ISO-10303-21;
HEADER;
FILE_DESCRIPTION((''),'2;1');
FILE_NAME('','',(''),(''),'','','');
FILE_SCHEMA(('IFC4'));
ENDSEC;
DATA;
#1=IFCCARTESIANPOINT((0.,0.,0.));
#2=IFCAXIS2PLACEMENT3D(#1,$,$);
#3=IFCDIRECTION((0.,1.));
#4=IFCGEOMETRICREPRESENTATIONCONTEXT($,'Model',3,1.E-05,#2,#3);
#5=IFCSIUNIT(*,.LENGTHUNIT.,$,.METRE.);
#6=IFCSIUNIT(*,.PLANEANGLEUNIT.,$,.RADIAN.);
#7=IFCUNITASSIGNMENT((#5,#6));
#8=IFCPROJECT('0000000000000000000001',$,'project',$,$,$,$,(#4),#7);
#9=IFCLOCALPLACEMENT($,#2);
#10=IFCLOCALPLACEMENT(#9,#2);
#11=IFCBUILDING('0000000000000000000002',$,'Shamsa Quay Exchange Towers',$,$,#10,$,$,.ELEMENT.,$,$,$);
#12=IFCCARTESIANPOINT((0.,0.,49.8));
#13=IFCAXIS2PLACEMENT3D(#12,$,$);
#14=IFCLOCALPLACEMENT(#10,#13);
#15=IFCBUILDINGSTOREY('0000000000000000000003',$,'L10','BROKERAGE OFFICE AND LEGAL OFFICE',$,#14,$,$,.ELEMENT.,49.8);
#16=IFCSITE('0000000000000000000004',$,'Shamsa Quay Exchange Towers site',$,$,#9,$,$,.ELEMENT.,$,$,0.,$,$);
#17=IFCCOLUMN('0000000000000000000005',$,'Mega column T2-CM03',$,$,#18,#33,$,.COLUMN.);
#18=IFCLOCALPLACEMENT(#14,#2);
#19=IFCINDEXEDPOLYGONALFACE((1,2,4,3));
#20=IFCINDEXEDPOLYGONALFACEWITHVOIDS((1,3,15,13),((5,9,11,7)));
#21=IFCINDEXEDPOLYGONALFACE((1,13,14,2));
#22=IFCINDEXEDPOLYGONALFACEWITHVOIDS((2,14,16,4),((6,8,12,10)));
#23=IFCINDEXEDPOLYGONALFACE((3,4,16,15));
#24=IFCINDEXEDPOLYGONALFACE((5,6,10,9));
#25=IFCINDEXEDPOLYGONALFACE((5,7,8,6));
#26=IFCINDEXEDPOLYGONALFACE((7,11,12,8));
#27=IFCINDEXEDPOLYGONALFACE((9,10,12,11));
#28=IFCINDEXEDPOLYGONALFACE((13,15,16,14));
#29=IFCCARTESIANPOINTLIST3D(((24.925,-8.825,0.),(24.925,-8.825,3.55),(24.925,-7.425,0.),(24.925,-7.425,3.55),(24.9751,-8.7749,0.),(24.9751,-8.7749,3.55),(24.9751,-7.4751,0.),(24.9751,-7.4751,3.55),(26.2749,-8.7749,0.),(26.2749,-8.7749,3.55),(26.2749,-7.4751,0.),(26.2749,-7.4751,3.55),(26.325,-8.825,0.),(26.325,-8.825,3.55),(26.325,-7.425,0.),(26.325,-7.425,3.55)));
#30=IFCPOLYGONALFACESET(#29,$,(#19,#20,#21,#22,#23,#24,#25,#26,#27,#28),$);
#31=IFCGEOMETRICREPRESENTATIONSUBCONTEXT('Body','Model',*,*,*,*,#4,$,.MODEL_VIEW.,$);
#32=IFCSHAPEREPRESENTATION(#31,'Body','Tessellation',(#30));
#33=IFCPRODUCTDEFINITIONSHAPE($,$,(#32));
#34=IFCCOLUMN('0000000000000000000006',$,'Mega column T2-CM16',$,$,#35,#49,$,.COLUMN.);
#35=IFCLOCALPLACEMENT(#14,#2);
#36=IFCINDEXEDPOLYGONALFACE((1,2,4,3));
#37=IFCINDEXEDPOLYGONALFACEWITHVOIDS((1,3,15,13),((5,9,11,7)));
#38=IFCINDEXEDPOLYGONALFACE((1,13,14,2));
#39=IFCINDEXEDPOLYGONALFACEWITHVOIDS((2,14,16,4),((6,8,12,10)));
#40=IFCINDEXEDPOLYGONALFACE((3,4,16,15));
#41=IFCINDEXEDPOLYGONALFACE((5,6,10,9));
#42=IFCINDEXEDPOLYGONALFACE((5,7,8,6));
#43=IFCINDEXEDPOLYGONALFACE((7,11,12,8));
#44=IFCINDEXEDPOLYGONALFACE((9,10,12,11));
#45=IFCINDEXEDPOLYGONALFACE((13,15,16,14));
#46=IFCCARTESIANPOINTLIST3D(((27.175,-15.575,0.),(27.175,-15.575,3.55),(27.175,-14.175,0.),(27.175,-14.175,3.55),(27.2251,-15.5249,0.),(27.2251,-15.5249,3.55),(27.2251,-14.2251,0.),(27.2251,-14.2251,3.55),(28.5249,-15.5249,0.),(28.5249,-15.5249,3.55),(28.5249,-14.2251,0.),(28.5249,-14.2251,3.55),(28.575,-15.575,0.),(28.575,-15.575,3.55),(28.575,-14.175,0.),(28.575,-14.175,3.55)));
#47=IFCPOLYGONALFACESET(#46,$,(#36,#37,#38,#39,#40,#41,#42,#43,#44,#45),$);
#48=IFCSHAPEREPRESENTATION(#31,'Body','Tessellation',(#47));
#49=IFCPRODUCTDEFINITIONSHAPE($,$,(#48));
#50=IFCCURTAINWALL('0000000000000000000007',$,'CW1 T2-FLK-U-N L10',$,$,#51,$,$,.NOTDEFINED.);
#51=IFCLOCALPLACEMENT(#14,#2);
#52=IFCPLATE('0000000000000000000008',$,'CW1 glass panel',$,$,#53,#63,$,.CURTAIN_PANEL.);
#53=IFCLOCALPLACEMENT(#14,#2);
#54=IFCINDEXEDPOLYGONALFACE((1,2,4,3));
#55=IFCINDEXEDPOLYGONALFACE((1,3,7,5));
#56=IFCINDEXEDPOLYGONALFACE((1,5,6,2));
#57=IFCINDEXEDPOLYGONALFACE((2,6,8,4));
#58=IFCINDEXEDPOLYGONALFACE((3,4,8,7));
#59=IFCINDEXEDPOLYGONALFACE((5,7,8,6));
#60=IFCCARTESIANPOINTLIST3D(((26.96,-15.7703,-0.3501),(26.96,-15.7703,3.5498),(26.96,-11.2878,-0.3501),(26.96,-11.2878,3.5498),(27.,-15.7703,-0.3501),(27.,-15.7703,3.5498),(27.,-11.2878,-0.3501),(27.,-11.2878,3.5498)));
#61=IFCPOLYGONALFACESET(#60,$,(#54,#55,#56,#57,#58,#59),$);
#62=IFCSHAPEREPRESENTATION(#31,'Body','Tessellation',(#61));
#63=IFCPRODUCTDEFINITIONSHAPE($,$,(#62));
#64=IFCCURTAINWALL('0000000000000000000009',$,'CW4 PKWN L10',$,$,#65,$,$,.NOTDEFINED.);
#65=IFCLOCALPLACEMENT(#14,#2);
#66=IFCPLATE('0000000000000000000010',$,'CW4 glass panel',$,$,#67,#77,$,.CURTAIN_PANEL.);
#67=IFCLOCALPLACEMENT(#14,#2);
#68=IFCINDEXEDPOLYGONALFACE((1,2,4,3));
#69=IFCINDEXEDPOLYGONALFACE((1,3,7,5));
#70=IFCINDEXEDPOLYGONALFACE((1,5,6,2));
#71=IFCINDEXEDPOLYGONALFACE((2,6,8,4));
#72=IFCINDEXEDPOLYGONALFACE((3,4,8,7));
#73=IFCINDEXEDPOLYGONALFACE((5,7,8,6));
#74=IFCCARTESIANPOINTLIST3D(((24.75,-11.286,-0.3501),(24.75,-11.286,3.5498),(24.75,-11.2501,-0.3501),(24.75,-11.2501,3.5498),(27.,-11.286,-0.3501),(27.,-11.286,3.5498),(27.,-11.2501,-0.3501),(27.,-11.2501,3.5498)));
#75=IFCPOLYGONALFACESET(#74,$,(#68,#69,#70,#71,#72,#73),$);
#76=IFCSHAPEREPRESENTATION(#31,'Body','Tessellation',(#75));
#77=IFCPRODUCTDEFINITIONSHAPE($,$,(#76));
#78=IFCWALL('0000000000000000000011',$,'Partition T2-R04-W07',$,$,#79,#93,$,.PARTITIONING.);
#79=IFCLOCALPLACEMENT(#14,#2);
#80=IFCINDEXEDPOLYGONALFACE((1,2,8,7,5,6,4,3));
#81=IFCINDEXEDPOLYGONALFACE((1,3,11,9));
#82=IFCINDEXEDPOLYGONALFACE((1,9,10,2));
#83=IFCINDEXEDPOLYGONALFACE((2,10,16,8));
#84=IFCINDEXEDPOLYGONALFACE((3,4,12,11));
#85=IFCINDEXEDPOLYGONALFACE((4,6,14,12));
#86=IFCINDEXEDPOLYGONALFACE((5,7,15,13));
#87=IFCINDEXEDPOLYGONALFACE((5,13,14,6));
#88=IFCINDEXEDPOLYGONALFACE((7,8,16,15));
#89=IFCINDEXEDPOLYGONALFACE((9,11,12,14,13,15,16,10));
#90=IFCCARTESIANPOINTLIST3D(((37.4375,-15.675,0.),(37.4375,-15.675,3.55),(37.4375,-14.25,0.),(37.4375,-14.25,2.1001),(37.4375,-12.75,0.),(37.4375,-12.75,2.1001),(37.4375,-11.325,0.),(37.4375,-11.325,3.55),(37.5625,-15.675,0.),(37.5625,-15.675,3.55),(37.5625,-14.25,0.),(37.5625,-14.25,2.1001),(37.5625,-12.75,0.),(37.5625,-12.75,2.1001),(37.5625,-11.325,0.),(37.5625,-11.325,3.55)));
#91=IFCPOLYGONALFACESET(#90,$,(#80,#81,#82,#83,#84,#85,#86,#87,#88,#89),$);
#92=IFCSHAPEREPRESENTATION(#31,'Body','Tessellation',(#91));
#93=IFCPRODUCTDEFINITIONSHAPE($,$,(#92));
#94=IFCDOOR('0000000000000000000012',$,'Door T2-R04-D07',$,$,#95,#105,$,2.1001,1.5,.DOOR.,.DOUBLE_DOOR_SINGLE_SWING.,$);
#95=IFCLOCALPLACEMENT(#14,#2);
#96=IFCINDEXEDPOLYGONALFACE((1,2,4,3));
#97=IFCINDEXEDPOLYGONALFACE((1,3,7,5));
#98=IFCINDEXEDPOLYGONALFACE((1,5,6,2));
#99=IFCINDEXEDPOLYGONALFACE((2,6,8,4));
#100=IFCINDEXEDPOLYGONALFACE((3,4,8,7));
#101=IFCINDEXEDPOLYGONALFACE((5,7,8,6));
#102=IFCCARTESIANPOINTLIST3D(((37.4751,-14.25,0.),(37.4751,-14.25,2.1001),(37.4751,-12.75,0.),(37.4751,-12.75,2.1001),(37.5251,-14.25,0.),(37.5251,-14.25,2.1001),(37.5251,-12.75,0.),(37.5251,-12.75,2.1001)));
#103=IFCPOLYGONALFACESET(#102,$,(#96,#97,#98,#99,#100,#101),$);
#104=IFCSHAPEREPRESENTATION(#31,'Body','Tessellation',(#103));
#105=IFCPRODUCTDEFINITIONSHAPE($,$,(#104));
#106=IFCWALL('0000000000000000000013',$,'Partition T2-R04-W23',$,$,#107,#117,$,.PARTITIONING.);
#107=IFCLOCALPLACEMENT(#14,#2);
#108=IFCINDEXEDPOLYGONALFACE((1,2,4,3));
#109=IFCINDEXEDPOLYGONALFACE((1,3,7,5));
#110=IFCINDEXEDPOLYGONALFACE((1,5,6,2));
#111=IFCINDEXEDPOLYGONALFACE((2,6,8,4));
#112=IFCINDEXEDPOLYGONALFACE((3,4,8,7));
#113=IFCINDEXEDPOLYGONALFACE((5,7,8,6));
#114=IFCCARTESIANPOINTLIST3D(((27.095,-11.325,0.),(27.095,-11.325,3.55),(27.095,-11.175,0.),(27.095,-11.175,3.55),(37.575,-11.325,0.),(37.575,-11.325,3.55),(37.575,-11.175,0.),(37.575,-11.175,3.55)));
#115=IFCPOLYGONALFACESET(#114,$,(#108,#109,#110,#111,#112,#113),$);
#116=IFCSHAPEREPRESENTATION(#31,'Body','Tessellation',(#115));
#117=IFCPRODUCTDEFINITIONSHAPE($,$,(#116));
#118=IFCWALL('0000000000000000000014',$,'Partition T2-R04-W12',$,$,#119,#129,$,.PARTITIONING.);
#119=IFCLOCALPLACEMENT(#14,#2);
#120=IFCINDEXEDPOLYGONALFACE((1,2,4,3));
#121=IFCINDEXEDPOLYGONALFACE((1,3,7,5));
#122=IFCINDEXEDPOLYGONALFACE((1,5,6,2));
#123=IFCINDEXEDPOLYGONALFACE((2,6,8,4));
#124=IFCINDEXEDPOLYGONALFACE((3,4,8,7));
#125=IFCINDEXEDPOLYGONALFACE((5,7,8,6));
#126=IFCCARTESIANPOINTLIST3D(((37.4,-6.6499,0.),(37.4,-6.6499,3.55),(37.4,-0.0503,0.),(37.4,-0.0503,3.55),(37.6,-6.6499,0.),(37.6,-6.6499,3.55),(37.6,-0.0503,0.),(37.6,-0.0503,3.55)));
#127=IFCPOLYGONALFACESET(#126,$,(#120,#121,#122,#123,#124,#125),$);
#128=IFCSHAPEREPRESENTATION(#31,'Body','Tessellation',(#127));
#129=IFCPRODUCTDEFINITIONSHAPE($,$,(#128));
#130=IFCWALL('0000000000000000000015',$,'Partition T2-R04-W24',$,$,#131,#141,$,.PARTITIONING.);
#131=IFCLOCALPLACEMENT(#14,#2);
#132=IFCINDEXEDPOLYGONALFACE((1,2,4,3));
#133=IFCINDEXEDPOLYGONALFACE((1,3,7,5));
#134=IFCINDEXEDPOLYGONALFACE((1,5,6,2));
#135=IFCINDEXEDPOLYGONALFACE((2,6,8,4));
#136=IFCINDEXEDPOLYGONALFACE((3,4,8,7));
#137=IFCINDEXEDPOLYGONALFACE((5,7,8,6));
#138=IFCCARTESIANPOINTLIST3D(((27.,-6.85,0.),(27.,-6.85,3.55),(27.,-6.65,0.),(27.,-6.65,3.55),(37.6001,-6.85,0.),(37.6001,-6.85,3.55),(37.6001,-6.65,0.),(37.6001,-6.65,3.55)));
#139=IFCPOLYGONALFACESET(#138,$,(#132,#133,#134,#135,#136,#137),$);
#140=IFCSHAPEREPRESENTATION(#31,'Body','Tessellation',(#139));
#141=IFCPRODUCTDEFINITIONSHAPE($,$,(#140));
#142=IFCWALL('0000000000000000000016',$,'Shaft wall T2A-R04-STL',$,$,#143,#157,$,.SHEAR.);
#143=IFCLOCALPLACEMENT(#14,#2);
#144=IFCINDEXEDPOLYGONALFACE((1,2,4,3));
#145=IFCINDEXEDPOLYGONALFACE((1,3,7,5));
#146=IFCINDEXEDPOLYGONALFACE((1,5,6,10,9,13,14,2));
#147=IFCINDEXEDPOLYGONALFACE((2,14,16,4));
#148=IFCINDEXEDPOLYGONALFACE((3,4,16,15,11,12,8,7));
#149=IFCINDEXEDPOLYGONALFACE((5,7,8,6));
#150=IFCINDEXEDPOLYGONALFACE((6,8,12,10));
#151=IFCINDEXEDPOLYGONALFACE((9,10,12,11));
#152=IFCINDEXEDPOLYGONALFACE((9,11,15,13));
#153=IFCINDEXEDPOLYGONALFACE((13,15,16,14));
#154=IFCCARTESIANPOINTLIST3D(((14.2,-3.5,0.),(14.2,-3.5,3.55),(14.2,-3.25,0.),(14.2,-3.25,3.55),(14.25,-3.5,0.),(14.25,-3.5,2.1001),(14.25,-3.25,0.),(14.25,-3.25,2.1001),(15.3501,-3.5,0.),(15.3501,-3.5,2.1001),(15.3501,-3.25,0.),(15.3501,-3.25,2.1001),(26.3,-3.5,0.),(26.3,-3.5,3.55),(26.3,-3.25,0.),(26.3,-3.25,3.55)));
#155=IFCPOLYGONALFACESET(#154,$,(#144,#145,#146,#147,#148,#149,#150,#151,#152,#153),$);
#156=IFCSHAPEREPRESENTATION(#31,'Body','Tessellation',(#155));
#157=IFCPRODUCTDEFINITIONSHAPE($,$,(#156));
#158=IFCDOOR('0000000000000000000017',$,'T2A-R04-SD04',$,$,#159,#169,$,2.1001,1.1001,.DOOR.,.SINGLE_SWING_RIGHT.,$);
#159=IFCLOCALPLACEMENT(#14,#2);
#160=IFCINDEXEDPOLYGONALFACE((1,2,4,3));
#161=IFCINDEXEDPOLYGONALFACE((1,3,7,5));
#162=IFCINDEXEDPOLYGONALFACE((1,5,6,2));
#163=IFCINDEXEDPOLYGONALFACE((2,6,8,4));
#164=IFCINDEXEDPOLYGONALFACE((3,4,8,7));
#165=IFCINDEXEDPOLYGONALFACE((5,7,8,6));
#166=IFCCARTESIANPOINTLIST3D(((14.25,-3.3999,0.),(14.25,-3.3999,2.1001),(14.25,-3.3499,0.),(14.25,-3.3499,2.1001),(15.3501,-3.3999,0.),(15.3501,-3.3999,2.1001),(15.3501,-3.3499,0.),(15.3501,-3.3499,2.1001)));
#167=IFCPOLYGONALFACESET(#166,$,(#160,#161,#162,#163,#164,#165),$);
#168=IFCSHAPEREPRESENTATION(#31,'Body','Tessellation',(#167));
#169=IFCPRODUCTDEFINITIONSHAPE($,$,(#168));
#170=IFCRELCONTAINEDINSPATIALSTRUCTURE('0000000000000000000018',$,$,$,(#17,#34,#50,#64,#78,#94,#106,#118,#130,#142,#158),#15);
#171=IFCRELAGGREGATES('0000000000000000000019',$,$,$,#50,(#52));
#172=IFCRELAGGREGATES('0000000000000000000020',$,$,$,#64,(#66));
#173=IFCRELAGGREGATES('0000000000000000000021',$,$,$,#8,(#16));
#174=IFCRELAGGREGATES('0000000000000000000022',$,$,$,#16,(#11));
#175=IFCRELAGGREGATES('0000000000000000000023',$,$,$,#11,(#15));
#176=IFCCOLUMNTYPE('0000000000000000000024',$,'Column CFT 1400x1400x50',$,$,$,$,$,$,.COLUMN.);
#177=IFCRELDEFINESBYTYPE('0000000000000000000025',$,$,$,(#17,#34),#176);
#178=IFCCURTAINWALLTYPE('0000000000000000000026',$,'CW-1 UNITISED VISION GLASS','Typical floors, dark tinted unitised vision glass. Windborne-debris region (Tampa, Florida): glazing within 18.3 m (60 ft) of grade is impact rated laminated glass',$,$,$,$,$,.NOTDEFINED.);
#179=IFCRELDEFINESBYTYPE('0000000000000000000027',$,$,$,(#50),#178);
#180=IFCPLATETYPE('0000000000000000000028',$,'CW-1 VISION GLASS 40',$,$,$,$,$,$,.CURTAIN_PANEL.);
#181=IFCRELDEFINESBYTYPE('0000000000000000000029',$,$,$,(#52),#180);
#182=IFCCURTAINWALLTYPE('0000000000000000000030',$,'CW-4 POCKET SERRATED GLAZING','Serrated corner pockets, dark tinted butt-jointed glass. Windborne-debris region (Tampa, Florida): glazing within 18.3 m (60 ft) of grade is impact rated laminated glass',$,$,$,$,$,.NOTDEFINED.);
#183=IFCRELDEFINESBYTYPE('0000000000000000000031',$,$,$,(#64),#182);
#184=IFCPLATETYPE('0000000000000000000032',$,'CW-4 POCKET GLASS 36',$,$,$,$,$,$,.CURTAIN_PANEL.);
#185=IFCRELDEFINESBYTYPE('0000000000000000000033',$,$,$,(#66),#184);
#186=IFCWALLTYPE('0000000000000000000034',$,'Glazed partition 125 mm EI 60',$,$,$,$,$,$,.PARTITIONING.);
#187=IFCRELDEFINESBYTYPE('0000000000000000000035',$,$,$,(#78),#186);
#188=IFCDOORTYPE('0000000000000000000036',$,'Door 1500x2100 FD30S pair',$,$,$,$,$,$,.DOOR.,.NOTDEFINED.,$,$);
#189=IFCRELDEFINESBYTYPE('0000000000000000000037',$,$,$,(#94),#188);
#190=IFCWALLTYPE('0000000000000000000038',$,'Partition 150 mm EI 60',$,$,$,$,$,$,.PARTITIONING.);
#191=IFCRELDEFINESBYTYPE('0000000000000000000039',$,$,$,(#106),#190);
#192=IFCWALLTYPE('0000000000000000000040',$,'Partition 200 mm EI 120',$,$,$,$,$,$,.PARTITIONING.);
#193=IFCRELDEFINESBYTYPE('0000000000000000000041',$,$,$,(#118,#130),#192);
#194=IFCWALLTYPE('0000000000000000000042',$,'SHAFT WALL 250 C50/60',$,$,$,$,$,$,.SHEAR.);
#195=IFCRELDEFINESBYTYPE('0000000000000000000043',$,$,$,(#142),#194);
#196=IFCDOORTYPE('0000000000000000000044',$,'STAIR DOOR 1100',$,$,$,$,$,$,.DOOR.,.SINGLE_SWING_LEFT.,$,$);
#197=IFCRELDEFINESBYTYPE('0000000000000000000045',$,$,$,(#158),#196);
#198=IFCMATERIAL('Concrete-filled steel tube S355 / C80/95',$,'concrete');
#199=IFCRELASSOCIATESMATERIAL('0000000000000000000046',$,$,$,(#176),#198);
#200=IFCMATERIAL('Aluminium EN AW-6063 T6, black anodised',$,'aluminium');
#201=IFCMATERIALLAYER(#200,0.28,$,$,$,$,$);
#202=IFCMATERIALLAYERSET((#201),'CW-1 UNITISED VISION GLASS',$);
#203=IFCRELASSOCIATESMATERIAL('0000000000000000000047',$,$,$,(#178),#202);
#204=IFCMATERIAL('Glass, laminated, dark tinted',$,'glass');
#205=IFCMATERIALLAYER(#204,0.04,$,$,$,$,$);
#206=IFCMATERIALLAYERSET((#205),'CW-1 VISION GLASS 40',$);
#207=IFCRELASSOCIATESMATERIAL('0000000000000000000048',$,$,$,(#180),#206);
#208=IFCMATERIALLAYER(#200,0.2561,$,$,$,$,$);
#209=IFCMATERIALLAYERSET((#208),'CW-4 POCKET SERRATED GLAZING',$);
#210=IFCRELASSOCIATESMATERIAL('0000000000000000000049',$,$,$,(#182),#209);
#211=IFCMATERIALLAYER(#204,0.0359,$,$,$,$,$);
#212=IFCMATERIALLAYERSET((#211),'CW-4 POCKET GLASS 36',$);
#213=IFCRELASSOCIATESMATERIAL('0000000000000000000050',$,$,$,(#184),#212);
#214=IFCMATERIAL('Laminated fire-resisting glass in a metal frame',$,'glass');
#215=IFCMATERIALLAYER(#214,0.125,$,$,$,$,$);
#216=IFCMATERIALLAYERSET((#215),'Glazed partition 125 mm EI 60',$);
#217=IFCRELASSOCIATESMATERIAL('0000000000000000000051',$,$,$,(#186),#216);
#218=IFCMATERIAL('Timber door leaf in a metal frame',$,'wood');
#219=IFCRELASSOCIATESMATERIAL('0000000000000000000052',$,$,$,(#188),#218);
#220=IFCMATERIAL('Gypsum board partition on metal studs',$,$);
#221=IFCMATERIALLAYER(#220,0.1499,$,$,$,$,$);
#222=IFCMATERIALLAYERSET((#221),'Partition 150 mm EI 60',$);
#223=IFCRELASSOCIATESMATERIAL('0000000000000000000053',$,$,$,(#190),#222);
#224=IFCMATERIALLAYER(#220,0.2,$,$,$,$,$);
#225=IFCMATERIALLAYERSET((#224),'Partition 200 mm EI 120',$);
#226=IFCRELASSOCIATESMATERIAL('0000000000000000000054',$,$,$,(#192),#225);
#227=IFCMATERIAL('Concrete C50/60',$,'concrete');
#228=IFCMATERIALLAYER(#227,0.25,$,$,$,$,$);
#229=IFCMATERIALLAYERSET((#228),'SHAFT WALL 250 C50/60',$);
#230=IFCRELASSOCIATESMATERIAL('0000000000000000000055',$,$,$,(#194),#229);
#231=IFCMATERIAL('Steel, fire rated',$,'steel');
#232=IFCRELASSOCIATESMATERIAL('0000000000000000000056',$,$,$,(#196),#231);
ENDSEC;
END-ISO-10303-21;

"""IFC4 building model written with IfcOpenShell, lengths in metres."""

from ifc_helpers import new_model, si_unit, direction, frame, frame_2d, origin, origin_2d, place, context, subcontext, project, spatial, rectangle, hollow_rectangle, extrude, material, layer, layer_set, material_profile, profile_set, type_object, element, fill, aggregate, save


model = new_model("IFC4")

# Units and contexts
model_context = context("Model", 3, precision=1e-05, world=origin(), true_north=direction((0.0, 1.0)))
body_context = subcontext(model_context, "Body", "Model", "MODEL_VIEW")
ifc_project = project(units=[si_unit("LENGTHUNIT", "METRE"), si_unit("PLANEANGLEUNIT", "RADIAN")], contexts=[model_context])

# Site, building, storey
site_placement = place(None, origin())
site = spatial("IfcSite", under=ifc_project, at=site_placement, Name="Shamsa Quay Exchange Towers site", CompositionType="ELEMENT", RefElevation=0.0)
building_placement = place(site_placement, origin())
building = spatial("IfcBuilding", under=site, at=building_placement, Name="Shamsa Quay Exchange Towers", CompositionType="ELEMENT")
storey_placement = place(building_placement, frame((0.0, 0.0, 49.8)))
storey = spatial("IfcBuildingStorey", under=building, at=storey_placement, Name="L10", Description="BROKERAGE OFFICE AND LEGAL OFFICE", CompositionType="ELEMENT", Elevation=49.8)

# Columns
ifc_material_1 = material(Name="Concrete-filled steel tube S355 / C80/95", Category="concrete")
ifc_material_profile = material_profile(ifc_material_1, hollow_rectangle(XDim=1.3999, YDim=1.3999, WallThickness=0.05, at=origin_2d()), Name="CFT 1400x1400x50")
ifc_profile_set = profile_set([ifc_material_profile], Name="Concrete-filled steel tube S355 / C80/95")
column_type = type_object("IfcColumnType", Name="Column CFT 1400x1400x50", PredefinedType="COLUMN", material=ifc_profile_set)
for number, where, name in (
    (1, (25.625, -8.125, 0.0), "Mega column T2-CM03"),
    (2, (27.875, -14.875, 0.0), "Mega column T2-CM16"),
):
    element("IfcColumn", number, at=place(storey_placement, frame(where)), inside=storey, type_object=column_type, Name=name, PredefinedType="COLUMN", context=body_context, shape_type="SweptSolid", body=[
        extrude(hollow_rectangle(XDim=1.3999, YDim=1.3999, WallThickness=0.05, at=origin_2d()), origin(), (0.0, 0.0, 1.0), 3.55),
    ])

# Curtain walls, plates
ifc_material_2 = material(Name="Aluminium EN AW-6063 T6, black anodised", Category="aluminium")
ifc_layer_1 = layer(ifc_material_2, 0.28)
ifc_layer_set_1 = layer_set([ifc_layer_1], Name="CW-1 UNITISED VISION GLASS")
curtain_wall_type_1 = type_object("IfcCurtainWallType", Name="CW-1 UNITISED VISION GLASS", Description="Typical floors, dark tinted unitised vision glass. Windborne-debris region (Tampa, Florida): glazing within 18.3 m (60 ft) of grade is impact rated laminated glass", PredefinedType="NOTDEFINED", material=ifc_layer_set_1)
curtain_wall_1_placement = place(storey_placement, origin())
curtain_wall_1 = element("IfcCurtainWall", 3, at=curtain_wall_1_placement, inside=storey, type_object=curtain_wall_type_1, Name="CW1 T2-FLK-U-N L10", PredefinedType="NOTDEFINED")
ifc_material_3 = material(Name="Glass, laminated, dark tinted", Category="glass")
ifc_layer_2 = layer(ifc_material_3, 0.04)
ifc_layer_set_2 = layer_set([ifc_layer_2], Name="CW-1 VISION GLASS 40")
plate_type_1 = type_object("IfcPlateType", Name="CW-1 VISION GLASS 40", PredefinedType="CURTAIN_PANEL", material=ifc_layer_set_2)
plate_1_placement = place(storey_placement, frame((26.98, -13.5291, -0.3501), z_axis=(0.0, 0.0, 1.0), x_axis=(0.0, -1.0, 0.0)))
plate_1 = element("IfcPlate", 4, at=plate_1_placement, type_object=plate_type_1, Name="CW1 glass panel", PredefinedType="CURTAIN_PANEL", context=body_context, shape_type="SweptSolid", body=[
    extrude(rectangle(XDim=4.4824, YDim=0.04, at=origin_2d()), origin(), (0.0, 0.0, 1.0), 3.8999),
])
aggregate(curtain_wall_1, [plate_1])
ifc_layer_3 = layer(ifc_material_2, 0.2561)
ifc_layer_set_3 = layer_set([ifc_layer_3], Name="CW-4 POCKET SERRATED GLAZING")
curtain_wall_type_2 = type_object("IfcCurtainWallType", Name="CW-4 POCKET SERRATED GLAZING", Description="Serrated corner pockets, dark tinted butt-jointed glass. Windborne-debris region (Tampa, Florida): glazing within 18.3 m (60 ft) of grade is impact rated laminated glass", PredefinedType="NOTDEFINED", material=ifc_layer_set_3)
curtain_wall_2_placement = place(storey_placement, origin())
curtain_wall_2 = element("IfcCurtainWall", 5, at=curtain_wall_2_placement, inside=storey, type_object=curtain_wall_type_2, Name="CW4 PKWN L10", PredefinedType="NOTDEFINED")
ifc_layer_4 = layer(ifc_material_3, 0.0359)
ifc_layer_set_4 = layer_set([ifc_layer_4], Name="CW-4 POCKET GLASS 36")
plate_type_2 = type_object("IfcPlateType", Name="CW-4 POCKET GLASS 36", PredefinedType="CURTAIN_PANEL", material=ifc_layer_set_4)
plate_2_placement = place(storey_placement, frame((25.875, -11.2681, -0.3501)))
plate_2 = element("IfcPlate", 6, at=plate_2_placement, type_object=plate_type_2, Name="CW4 glass panel", PredefinedType="CURTAIN_PANEL", context=body_context, shape_type="SweptSolid", body=[
    extrude(rectangle(XDim=2.25, YDim=0.0359, at=origin_2d()), origin(), (0.0, 0.0, 1.0), 3.8999),
])
aggregate(curtain_wall_2, [plate_2])

# Wall, opening, door
ifc_material_4 = material(Name="Laminated fire-resisting glass in a metal frame", Category="glass")
ifc_layer_5 = layer(ifc_material_4, 0.125)
ifc_layer_set_5 = layer_set([ifc_layer_5], Name="Glazed partition 125 mm EI 60")
wall_type_1 = type_object("IfcWallType", Name="Glazed partition 125 mm EI 60", PredefinedType="PARTITIONING", material=ifc_layer_set_5)
wall_1_placement = place(storey_placement, frame((37.5, -15.675, 0.0), z_axis=(0.0, 0.0, 1.0), x_axis=(0.0, 1.0, 0.0)))
wall_1 = element("IfcWall", 7, at=wall_1_placement, inside=storey, type_object=wall_type_1, Name="Partition T2-R04-W07", PredefinedType="PARTITIONING", context=body_context, shape_type="SweptSolid", body=[
    extrude(rectangle(XDim=4.3501, YDim=0.125, at=frame_2d((2.175, 0.0))), origin(), (0.0, 0.0, 1.0), 3.55),
])
opening_1_placement = place(wall_1_placement, frame((1.425, 0.0, 0.0)))
opening_1 = element("IfcOpeningElement", 8, at=opening_1_placement, cuts=wall_1, PredefinedType="OPENING", context=body_context, shape_type="SweptSolid", body=[
    extrude(rectangle(XDim=1.5, YDim=2.1001, at=frame_2d((0.75, 1.05))), frame((0.0, 0.0725, 0.0), z_axis=(0.0, -1.0, 0.0), x_axis=(1.0, 0.0, 0.0)), (0.0, 0.0, 1.0), 0.145),
])
ifc_material_5 = material(Name="Timber door leaf in a metal frame", Category="wood")
door_type_1 = type_object("IfcDoorType", Name="Door 1500x2100 FD30S pair", OperationType="NOTDEFINED", PredefinedType="DOOR", material=ifc_material_5)
door_1_placement = place(opening_1_placement, origin())
door_1 = element("IfcDoor", 9, at=door_1_placement, inside=storey, type_object=door_type_1, Name="Door T2-R04-D07", OperationType="DOUBLE_DOOR_SINGLE_SWING", OverallHeight=2.1001, OverallWidth=1.5, PredefinedType="DOOR", context=body_context, shape_type="SweptSolid", body=[
    extrude(rectangle(XDim=1.5, YDim=2.1001, at=frame_2d((0.75, 1.05))), frame((0.0, 0.0249, 0.0), z_axis=(0.0, -1.0, 0.0), x_axis=(1.0, 0.0, 0.0)), (0.0, 0.0, 1.0), 0.05),
])
fill(opening_1, door_1)
ifc_material_6 = material(Name="Gypsum board partition on metal studs")
ifc_layer_6 = layer(ifc_material_6, 0.1499)
ifc_layer_set_6 = layer_set([ifc_layer_6], Name="Partition 150 mm EI 60")
wall_type_2 = type_object("IfcWallType", Name="Partition 150 mm EI 60", PredefinedType="PARTITIONING", material=ifc_layer_set_6)

# Walls
wall_2_placement = place(storey_placement, frame((27.095, -11.25, 0.0)))
element("IfcWall", 10, at=wall_2_placement, inside=storey, type_object=wall_type_2, Name="Partition T2-R04-W23", PredefinedType="PARTITIONING", context=body_context, shape_type="SweptSolid", body=[
    extrude(rectangle(XDim=10.48, YDim=0.1499, at=frame_2d((5.24, 0.0))), origin(), (0.0, 0.0, 1.0), 3.55),
])
ifc_layer_7 = layer(ifc_material_6, 0.2)
ifc_layer_set_7 = layer_set([ifc_layer_7], Name="Partition 200 mm EI 120")
wall_type_3 = type_object("IfcWallType", Name="Partition 200 mm EI 120", PredefinedType="PARTITIONING", material=ifc_layer_set_7)
wall_3_placement = place(storey_placement, frame((37.5, -6.6499, 0.0), z_axis=(0.0, 0.0, 1.0), x_axis=(0.0, 1.0, 0.0)))
element("IfcWall", 11, at=wall_3_placement, inside=storey, type_object=wall_type_3, Name="Partition T2-R04-W12", PredefinedType="PARTITIONING", context=body_context, shape_type="SweptSolid", body=[
    extrude(rectangle(XDim=6.5996, YDim=0.2, at=frame_2d((3.2998, 0.0))), origin(), (0.0, 0.0, 1.0), 3.55),
])
wall_4_placement = place(storey_placement, frame((37.6001, -6.75, 0.0), z_axis=(0.0, 0.0, 1.0), x_axis=(-1.0, 0.0, 0.0)))
element("IfcWall", 12, at=wall_4_placement, inside=storey, type_object=wall_type_3, Name="Partition T2-R04-W24", PredefinedType="PARTITIONING", context=body_context, shape_type="SweptSolid", body=[
    extrude(rectangle(XDim=10.6001, YDim=0.2, at=frame_2d((5.3, 0.0))), origin(), (0.0, 0.0, 1.0), 3.55),
])

# Wall, opening, door
ifc_material_7 = material(Name="Concrete C50/60", Category="concrete")
ifc_layer_8 = layer(ifc_material_7, 0.25)
ifc_layer_set_8 = layer_set([ifc_layer_8], Name="SHAFT WALL 250 C50/60")
wall_type_4 = type_object("IfcWallType", Name="SHAFT WALL 250 C50/60", PredefinedType="SHEAR", material=ifc_layer_set_8)
wall_5_placement = place(storey_placement, frame((26.3, -3.375, 0.0), z_axis=(0.0, 0.0, 1.0), x_axis=(-1.0, 0.0, 0.0)))
wall_5 = element("IfcWall", 13, at=wall_5_placement, inside=storey, type_object=wall_type_4, Name="Shaft wall T2A-R04-STL", PredefinedType="SHEAR", context=body_context, shape_type="SweptSolid", body=[
    extrude(rectangle(XDim=12.1001, YDim=0.25, at=frame_2d((6.05, 0.0))), origin(), (0.0, 0.0, 1.0), 3.55),
])
opening_2_placement = place(wall_5_placement, frame((10.95, 0.0, 0.0)))
opening_2 = element("IfcOpeningElement", 14, at=opening_2_placement, cuts=wall_5, PredefinedType="OPENING", context=body_context, shape_type="SweptSolid", body=[
    extrude(rectangle(XDim=1.1001, YDim=2.1001, at=frame_2d((0.55, 1.05))), frame((0.0, 0.135, 0.0), z_axis=(0.0, -1.0, 0.0), x_axis=(1.0, 0.0, 0.0)), (0.0, 0.0, 1.0), 0.27),
])
ifc_material_8 = material(Name="Steel, fire rated", Category="steel")
door_type_2 = type_object("IfcDoorType", Name="STAIR DOOR 1100", OperationType="SINGLE_SWING_LEFT", PredefinedType="DOOR", material=ifc_material_8)
door_2_placement = place(opening_2_placement, origin())
door_2 = element("IfcDoor", 15, at=door_2_placement, inside=storey, type_object=door_type_2, Name="T2A-R04-SD04", OperationType="SINGLE_SWING_RIGHT", OverallHeight=2.1001, OverallWidth=1.1001, PredefinedType="DOOR", context=body_context, shape_type="SweptSolid", body=[
    extrude(rectangle(XDim=1.1001, YDim=2.1001, at=frame_2d((0.55, 1.05))), frame((0.0, 0.0249, 0.0), z_axis=(0.0, -1.0, 0.0), x_axis=(1.0, 0.0, 0.0)), (0.0, 0.0, 1.0), 0.05),
])
fill(opening_2, door_2)

save(model, "model.ifc")
